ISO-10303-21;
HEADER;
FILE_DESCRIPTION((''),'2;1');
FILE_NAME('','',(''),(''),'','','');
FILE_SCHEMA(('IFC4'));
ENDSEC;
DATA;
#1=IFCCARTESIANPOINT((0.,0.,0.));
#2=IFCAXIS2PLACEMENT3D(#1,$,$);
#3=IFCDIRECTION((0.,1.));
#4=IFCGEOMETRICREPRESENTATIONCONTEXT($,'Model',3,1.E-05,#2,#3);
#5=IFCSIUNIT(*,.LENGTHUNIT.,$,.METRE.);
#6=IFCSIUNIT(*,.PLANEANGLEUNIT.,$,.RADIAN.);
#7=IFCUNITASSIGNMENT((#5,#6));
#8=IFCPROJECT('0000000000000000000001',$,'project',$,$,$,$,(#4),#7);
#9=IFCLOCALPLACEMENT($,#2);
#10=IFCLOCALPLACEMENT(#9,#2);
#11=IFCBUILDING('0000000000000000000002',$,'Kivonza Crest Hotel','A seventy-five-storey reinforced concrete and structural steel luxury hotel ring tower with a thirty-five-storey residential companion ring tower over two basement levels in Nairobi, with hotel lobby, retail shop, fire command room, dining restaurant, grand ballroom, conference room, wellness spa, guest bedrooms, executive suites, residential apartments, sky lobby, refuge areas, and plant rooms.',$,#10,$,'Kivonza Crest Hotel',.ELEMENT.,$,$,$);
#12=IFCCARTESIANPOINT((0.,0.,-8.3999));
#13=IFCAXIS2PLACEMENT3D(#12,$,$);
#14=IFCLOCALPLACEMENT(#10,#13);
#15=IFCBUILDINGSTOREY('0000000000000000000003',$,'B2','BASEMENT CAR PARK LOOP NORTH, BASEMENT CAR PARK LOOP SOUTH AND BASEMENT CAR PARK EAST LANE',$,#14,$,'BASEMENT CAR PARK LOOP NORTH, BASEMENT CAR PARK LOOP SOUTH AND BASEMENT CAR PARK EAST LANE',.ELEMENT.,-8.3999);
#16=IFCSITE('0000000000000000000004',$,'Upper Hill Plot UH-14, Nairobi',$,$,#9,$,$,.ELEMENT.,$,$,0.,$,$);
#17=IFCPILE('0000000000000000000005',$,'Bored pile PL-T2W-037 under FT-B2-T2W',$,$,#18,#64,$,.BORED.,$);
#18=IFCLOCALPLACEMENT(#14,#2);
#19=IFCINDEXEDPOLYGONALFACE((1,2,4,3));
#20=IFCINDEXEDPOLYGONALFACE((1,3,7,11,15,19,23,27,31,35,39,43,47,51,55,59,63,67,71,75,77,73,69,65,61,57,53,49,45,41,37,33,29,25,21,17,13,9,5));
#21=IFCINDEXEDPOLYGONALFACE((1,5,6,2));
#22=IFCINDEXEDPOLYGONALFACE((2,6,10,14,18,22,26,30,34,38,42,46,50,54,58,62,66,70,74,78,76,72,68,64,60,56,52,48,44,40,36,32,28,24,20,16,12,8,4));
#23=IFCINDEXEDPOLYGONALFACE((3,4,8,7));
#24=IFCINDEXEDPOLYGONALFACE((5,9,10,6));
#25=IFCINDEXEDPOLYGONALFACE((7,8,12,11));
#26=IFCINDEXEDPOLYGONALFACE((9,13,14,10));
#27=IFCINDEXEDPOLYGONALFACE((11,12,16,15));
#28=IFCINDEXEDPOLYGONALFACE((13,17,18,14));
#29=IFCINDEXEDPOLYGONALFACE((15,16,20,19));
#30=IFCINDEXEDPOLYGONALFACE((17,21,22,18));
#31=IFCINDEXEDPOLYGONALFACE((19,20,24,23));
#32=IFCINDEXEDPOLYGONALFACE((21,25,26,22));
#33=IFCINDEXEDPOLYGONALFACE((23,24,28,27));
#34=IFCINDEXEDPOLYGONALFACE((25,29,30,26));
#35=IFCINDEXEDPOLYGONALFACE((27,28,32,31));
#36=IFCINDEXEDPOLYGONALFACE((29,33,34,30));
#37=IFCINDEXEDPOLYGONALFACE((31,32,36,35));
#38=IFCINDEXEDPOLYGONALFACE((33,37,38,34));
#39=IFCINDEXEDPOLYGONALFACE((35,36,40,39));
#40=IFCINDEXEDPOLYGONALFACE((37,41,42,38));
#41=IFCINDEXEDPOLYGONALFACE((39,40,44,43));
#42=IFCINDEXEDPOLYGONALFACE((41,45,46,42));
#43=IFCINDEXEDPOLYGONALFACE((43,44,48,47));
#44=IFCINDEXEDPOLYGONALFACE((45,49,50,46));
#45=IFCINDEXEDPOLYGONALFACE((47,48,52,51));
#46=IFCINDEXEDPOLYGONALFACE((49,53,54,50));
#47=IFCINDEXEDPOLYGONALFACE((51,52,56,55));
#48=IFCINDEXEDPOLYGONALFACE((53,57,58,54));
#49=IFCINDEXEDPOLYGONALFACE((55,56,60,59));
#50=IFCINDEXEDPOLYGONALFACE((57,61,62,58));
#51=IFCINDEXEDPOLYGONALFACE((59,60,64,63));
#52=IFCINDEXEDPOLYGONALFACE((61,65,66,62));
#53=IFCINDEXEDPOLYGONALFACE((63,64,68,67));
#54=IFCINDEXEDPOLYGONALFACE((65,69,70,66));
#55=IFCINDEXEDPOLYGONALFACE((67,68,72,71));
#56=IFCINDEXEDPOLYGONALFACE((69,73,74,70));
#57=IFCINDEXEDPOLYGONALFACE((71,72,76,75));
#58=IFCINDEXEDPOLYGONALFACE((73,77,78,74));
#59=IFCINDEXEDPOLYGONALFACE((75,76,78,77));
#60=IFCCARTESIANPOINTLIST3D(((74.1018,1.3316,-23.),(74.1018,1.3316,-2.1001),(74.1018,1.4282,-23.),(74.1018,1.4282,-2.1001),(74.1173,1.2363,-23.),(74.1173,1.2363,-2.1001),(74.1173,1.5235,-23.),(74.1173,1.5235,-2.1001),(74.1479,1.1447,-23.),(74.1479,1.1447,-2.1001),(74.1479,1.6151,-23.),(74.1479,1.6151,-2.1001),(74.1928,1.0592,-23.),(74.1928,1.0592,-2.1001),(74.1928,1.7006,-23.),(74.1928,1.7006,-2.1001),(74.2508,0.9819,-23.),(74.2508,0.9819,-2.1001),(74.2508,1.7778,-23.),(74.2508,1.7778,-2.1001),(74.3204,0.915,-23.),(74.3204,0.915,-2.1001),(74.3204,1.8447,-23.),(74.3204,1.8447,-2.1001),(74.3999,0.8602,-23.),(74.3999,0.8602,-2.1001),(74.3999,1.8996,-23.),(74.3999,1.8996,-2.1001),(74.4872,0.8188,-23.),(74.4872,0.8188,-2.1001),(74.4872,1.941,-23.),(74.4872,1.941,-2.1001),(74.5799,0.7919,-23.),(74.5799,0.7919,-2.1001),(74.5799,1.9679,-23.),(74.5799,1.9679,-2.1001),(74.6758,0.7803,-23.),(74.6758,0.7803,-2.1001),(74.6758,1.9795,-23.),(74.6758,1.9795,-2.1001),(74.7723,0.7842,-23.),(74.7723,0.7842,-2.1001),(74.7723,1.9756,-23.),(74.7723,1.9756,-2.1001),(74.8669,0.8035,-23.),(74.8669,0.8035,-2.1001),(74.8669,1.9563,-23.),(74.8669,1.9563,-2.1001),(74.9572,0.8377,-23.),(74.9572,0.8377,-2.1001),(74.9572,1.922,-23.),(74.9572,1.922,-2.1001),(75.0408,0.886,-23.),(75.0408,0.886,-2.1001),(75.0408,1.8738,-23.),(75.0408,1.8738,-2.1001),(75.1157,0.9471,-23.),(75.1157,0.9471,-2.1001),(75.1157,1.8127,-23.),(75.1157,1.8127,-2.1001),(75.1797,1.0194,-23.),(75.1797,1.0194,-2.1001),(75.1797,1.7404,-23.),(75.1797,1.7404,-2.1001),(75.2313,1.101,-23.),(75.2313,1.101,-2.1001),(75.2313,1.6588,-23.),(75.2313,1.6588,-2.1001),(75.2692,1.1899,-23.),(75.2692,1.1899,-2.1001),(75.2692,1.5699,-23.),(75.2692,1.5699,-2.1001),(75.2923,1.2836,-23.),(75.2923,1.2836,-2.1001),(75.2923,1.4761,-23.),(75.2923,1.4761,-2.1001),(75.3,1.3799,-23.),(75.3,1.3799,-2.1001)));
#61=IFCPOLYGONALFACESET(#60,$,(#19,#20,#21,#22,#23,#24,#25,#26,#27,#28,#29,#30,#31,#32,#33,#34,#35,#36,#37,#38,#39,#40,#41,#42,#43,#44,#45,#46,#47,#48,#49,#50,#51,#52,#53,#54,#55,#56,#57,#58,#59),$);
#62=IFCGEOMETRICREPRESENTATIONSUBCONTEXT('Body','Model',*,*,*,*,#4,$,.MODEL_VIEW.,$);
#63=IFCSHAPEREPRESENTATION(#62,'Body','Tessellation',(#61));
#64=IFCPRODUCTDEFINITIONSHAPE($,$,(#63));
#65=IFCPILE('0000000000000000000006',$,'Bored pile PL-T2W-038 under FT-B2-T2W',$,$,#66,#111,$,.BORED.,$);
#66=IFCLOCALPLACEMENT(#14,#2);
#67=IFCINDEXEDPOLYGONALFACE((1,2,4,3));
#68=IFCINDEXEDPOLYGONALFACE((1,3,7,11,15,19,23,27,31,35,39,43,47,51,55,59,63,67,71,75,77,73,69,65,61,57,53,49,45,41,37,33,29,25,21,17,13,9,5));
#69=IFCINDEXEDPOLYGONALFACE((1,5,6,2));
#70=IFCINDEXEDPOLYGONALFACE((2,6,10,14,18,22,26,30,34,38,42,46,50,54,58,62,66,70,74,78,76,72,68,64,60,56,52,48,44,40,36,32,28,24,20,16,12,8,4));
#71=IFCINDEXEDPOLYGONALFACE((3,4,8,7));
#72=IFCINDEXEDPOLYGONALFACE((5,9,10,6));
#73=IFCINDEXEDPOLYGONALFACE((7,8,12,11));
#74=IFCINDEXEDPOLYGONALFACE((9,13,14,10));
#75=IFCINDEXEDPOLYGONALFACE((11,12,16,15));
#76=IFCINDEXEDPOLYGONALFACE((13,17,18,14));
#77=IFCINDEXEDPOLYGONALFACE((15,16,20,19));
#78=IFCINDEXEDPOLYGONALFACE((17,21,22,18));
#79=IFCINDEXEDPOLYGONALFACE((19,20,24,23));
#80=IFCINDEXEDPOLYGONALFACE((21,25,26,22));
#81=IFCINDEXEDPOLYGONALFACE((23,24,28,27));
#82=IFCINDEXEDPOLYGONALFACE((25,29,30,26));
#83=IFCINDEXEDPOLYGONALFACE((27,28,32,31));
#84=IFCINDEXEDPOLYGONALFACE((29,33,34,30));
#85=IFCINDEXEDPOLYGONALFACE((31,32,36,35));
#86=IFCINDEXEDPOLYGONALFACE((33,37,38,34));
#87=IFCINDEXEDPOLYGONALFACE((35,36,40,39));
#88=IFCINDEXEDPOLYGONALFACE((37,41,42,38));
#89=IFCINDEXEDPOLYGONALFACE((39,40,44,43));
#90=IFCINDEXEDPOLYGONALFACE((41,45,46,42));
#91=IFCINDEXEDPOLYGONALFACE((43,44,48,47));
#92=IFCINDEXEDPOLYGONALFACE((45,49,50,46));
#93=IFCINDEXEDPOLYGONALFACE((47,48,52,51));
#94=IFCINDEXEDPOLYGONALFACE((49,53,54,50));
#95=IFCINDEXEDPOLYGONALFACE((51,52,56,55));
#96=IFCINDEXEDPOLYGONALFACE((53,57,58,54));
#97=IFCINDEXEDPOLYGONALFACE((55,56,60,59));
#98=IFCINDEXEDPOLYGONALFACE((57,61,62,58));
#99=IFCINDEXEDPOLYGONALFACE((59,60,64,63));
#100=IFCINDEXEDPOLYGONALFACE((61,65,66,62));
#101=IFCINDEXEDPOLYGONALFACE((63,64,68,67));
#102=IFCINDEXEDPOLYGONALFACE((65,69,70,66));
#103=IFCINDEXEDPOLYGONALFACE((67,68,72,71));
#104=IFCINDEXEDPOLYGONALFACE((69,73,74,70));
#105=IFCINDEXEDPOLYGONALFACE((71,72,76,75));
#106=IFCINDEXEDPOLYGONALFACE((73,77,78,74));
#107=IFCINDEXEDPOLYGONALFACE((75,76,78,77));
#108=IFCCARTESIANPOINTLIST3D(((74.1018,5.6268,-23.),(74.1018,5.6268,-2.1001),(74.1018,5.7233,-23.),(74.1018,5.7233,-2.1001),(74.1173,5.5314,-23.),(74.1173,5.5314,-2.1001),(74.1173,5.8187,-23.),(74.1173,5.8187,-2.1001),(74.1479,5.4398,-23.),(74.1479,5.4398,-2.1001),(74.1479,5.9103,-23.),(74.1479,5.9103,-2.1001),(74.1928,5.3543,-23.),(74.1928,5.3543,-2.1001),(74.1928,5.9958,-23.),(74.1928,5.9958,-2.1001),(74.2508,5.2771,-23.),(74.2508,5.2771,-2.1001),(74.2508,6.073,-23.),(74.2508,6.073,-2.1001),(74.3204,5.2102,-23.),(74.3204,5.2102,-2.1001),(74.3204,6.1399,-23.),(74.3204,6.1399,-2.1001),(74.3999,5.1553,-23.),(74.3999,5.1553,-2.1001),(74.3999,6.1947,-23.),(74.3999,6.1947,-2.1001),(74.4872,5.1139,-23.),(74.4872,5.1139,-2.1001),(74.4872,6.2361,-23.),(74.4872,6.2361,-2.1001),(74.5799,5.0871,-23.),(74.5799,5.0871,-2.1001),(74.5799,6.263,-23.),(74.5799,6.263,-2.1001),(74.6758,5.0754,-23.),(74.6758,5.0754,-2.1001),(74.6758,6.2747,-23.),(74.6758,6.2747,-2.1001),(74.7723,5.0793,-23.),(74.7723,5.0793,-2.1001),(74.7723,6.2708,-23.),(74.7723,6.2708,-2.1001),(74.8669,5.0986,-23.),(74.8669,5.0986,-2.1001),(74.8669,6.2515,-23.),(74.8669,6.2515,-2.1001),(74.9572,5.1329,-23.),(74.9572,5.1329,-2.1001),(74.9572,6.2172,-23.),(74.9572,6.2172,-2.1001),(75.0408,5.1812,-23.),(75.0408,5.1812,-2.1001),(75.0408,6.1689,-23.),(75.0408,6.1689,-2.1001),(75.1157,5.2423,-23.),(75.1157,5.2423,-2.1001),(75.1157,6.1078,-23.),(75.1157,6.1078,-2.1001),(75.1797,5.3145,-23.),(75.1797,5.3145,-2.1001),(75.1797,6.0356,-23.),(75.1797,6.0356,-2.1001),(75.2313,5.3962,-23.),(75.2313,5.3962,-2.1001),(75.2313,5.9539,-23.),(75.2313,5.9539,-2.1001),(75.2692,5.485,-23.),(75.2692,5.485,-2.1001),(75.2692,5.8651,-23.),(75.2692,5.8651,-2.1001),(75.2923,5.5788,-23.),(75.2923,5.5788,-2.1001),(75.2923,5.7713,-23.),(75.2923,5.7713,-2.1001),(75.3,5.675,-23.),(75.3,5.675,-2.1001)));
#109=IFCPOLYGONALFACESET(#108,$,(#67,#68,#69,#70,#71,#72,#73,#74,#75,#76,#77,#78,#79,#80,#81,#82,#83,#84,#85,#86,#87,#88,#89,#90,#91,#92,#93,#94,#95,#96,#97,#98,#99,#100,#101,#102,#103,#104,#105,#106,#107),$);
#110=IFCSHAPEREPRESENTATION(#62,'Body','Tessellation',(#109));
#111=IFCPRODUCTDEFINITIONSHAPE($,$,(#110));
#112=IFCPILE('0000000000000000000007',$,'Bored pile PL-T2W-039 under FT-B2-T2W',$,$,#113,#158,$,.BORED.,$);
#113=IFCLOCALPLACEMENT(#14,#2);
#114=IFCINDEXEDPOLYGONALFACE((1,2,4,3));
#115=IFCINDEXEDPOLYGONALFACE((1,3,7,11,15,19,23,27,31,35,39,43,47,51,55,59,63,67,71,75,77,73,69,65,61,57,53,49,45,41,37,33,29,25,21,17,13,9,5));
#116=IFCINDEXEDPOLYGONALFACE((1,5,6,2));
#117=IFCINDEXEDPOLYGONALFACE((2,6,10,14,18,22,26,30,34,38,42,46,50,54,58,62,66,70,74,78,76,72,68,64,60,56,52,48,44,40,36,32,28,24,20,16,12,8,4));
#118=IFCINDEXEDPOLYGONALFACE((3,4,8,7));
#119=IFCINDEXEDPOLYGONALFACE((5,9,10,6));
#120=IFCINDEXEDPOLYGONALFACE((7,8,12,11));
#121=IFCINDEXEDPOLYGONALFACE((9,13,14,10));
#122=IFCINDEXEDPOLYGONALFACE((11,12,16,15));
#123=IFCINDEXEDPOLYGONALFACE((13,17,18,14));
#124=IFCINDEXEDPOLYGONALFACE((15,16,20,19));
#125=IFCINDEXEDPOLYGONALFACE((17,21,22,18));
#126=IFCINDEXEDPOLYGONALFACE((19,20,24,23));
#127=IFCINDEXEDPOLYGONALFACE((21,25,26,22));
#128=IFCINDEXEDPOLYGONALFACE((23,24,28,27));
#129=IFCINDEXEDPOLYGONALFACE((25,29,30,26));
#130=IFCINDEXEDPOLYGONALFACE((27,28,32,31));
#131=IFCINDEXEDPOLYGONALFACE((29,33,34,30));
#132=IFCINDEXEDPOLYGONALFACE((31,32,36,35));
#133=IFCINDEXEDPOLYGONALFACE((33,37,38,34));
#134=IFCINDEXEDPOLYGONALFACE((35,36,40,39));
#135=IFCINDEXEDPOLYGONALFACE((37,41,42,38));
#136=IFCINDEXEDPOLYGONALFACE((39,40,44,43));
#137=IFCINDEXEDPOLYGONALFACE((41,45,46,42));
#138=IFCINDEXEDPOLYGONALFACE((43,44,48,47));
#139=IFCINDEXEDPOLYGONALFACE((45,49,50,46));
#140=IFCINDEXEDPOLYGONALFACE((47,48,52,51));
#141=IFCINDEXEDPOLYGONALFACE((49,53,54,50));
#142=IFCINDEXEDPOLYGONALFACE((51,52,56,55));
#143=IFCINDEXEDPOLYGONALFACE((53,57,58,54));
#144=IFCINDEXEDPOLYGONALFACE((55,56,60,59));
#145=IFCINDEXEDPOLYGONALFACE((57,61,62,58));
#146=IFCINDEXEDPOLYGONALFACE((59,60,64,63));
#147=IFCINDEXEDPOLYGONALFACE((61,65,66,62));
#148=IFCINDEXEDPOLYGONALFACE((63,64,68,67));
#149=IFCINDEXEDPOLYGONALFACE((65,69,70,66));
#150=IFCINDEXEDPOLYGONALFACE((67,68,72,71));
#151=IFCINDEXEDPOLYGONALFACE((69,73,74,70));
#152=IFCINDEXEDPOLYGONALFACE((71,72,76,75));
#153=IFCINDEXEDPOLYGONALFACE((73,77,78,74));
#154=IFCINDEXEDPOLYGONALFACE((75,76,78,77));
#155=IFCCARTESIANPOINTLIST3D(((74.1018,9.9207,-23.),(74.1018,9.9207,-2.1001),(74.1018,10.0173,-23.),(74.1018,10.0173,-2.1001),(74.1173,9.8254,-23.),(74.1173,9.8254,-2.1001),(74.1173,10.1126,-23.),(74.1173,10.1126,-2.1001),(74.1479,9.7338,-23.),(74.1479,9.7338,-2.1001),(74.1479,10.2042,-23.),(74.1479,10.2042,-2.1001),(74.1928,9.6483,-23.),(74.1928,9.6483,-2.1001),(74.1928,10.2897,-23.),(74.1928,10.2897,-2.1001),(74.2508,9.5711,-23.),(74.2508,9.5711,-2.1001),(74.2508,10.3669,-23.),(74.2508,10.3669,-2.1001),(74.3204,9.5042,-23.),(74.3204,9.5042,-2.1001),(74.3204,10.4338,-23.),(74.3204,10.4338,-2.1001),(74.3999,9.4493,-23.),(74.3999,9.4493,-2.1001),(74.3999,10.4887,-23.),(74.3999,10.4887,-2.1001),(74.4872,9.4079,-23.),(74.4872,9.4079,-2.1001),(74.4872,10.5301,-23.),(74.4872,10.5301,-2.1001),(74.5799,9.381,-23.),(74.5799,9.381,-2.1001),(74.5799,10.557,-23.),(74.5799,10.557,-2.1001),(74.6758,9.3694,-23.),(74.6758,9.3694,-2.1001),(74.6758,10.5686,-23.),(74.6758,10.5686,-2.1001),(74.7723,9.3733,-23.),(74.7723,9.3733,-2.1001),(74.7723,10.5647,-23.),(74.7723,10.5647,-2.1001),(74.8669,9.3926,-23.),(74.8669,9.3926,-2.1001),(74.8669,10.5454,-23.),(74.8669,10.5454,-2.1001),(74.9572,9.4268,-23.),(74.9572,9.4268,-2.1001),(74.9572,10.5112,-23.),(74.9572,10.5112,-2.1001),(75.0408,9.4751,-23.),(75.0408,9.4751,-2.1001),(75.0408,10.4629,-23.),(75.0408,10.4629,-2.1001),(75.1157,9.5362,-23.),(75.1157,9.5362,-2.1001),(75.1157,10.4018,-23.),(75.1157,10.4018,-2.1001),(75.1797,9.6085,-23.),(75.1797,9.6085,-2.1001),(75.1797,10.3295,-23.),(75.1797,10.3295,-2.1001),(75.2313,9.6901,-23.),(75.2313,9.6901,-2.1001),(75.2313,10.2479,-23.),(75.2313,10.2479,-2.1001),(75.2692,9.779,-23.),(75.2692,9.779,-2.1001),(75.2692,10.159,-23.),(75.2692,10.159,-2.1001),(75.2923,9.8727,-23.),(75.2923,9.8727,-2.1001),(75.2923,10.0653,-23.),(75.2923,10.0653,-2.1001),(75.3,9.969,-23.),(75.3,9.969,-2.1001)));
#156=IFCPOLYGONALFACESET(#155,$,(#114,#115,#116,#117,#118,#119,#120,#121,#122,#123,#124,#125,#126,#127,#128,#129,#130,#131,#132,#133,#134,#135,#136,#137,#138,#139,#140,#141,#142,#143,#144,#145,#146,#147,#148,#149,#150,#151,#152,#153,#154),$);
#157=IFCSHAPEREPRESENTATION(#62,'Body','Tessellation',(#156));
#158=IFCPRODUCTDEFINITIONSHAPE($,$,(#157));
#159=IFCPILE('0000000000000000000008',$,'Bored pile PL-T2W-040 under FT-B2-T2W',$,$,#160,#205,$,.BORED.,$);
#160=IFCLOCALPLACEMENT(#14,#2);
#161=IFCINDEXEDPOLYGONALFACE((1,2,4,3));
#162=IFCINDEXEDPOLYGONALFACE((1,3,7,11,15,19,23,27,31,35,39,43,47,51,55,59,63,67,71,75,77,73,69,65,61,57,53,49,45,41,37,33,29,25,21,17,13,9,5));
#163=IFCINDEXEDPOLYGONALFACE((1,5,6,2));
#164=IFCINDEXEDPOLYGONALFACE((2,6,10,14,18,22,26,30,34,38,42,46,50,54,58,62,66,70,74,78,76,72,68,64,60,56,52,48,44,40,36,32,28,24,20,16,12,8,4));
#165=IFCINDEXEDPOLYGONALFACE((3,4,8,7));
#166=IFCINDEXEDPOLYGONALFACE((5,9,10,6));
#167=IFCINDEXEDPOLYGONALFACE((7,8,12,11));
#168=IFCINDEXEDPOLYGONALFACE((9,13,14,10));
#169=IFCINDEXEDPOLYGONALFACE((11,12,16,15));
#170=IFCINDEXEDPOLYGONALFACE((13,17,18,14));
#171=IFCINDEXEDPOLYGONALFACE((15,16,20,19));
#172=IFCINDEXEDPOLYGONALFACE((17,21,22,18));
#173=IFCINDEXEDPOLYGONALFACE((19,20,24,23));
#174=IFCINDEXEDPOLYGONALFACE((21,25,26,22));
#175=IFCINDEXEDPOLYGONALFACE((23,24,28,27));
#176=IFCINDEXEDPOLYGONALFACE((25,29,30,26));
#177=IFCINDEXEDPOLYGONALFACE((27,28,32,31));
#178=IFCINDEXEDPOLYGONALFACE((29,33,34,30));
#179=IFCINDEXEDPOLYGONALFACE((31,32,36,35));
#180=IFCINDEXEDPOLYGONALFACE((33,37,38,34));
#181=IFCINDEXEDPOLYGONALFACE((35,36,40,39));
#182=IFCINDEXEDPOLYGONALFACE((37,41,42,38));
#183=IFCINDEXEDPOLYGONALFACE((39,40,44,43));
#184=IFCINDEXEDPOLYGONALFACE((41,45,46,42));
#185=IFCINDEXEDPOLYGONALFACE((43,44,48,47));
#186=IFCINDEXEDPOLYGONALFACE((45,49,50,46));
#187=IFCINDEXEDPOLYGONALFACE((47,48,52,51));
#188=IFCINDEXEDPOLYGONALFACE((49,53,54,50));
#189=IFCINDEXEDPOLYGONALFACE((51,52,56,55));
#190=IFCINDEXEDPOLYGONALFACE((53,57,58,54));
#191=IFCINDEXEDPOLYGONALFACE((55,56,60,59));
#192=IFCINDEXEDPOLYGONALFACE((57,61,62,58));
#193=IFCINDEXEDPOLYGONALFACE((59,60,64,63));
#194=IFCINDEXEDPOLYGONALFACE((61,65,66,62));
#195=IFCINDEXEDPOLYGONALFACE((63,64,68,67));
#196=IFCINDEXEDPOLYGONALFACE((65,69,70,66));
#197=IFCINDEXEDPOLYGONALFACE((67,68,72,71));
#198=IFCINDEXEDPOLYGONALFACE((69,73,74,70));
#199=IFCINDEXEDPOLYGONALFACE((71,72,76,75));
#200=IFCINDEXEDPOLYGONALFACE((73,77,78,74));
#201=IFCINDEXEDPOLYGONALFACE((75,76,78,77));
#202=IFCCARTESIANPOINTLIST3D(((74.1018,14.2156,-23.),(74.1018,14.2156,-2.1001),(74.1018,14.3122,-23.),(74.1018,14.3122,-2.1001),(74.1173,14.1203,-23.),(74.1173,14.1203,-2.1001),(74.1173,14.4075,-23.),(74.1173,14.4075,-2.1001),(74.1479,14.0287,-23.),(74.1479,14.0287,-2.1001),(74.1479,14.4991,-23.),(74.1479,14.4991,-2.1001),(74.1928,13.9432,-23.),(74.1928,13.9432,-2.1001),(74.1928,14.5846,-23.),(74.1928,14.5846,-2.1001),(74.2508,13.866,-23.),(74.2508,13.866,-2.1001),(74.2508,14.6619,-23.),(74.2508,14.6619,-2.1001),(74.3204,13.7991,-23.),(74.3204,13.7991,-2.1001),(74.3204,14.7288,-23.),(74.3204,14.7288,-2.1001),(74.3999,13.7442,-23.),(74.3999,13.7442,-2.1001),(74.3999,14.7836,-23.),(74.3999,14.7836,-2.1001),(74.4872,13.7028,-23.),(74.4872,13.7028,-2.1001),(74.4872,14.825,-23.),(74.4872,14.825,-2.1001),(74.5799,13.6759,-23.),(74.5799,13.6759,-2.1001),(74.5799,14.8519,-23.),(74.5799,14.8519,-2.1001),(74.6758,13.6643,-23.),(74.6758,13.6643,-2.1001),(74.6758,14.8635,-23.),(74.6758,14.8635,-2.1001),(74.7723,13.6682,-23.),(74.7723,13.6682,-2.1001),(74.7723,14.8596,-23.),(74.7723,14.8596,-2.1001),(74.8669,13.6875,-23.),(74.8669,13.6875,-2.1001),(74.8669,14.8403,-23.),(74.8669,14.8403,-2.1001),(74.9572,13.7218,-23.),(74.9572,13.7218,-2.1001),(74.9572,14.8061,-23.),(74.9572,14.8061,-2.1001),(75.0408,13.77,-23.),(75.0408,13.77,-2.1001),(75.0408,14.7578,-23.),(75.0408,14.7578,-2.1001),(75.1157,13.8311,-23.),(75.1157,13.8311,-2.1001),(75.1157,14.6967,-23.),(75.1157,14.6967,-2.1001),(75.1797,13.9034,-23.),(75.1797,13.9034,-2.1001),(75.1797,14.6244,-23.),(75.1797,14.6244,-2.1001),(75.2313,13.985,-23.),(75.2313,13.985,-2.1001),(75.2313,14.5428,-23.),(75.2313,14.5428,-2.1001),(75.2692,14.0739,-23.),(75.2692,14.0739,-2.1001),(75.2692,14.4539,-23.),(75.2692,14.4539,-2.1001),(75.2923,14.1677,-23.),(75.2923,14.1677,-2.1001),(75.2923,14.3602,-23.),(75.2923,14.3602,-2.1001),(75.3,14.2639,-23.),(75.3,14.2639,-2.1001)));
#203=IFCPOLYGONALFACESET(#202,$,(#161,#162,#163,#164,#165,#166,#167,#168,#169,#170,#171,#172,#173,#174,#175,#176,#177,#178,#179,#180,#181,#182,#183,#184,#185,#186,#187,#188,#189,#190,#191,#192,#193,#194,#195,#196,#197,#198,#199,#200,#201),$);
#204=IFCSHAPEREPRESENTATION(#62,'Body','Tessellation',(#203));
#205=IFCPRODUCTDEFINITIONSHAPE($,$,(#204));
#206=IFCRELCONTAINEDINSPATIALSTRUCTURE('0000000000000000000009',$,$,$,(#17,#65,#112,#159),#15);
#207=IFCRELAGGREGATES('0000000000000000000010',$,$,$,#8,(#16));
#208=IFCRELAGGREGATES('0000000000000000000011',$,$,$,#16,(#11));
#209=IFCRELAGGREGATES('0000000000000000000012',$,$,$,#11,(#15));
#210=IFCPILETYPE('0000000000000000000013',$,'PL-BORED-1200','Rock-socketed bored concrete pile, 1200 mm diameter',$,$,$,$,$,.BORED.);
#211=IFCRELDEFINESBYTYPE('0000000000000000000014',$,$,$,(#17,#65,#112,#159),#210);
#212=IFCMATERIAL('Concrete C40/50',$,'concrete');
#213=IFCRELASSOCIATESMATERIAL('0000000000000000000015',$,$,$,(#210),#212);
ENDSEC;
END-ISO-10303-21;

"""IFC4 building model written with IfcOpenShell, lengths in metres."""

from ifc_helpers import new_model, si_unit, direction, frame, origin, origin_2d, place, context, subcontext, project, spatial, circle, extrude, material, material_profile, profile_set, type_object, element, save


model = new_model("IFC4")

# Units and contexts
model_context = context("Model", 3, precision=1e-05, world=origin(), true_north=direction((0.0, 1.0)))
body_context = subcontext(model_context, "Body", "Model", "MODEL_VIEW")
ifc_project = project(units=[si_unit("LENGTHUNIT", "METRE"), si_unit("PLANEANGLEUNIT", "RADIAN")], contexts=[model_context])

# Site, building, storey
site_placement = place(None, origin())
site = spatial("IfcSite", under=ifc_project, at=site_placement, Name="Upper Hill Plot UH-14, Nairobi", CompositionType="ELEMENT", RefElevation=0.0)
building_placement = place(site_placement, origin())
building = spatial("IfcBuilding", under=site, at=building_placement, Name="Kivonza Crest Hotel", Description="A seventy-five-storey reinforced concrete and structural steel luxury hotel ring tower with a thirty-five-storey residential companion ring tower over two basement levels in Nairobi, with hotel lobby, retail shop, fire command room, dining restaurant, grand ballroom, conference room, wellness spa, guest bedrooms, executive suites, residential apartments, sky lobby, refuge areas, and plant rooms.", LongName="Kivonza Crest Hotel", CompositionType="ELEMENT")
storey_placement = place(building_placement, frame((0.0, 0.0, -8.3999)))
storey = spatial("IfcBuildingStorey", under=building, at=storey_placement, Name="B2", Description="BASEMENT CAR PARK LOOP NORTH, BASEMENT CAR PARK LOOP SOUTH AND BASEMENT CAR PARK EAST LANE", LongName="BASEMENT CAR PARK LOOP NORTH, BASEMENT CAR PARK LOOP SOUTH AND BASEMENT CAR PARK EAST LANE", CompositionType="ELEMENT", Elevation=-8.3999)

# Piles
ifc_material_1 = material(Name="Concrete C40/50", Category="concrete")
ifc_material_profile_1 = material_profile(ifc_material_1, circle(Radius=0.6001, at=origin_2d()), Name="PILE D1200")
ifc_profile_set_1 = profile_set([ifc_material_profile_1], Name="Concrete C40/50")
pile_type = type_object("IfcPileType", Name="PL-BORED-1200", Description="Rock-socketed bored concrete pile, 1200 mm diameter", PredefinedType="BORED", material=ifc_profile_set_1)
for number, where, z_axis, x_axis, name in (
    (1, (74.7, 1.3799, -2.1001), (0.0, 0.0, -1.0), (1.0, 0.0, 0.0), "Bored pile PL-T2W-037 under FT-B2-T2W"),
    (2, (74.7, 5.675, -2.1001), (0.0, 0.0, -1.0), (1.0, 0.0, 0.0), "Bored pile PL-T2W-038 under FT-B2-T2W"),
    (3, (74.7, 9.969, -2.1001), (0.0, 0.0, -1.0), (1.0, 0.0, 0.0), "Bored pile PL-T2W-039 under FT-B2-T2W"),
    (4, (74.7, 14.2639, -2.1001), (0.0, 0.0, -1.0), (1.0, 0.0, 0.0), "Bored pile PL-T2W-040 under FT-B2-T2W"),
):
    element("IfcPile", number, at=place(storey_placement, frame(where, z_axis=z_axis, x_axis=x_axis)), inside=storey, type_object=pile_type, Name=name, PredefinedType="BORED", context=body_context, shape_type="SweptSolid", body=[
        extrude(circle(Radius=0.6001, at=origin_2d()), origin(), (0.0, 0.0, 1.0), 20.8999),
    ])

save(model, "model.ifc")
